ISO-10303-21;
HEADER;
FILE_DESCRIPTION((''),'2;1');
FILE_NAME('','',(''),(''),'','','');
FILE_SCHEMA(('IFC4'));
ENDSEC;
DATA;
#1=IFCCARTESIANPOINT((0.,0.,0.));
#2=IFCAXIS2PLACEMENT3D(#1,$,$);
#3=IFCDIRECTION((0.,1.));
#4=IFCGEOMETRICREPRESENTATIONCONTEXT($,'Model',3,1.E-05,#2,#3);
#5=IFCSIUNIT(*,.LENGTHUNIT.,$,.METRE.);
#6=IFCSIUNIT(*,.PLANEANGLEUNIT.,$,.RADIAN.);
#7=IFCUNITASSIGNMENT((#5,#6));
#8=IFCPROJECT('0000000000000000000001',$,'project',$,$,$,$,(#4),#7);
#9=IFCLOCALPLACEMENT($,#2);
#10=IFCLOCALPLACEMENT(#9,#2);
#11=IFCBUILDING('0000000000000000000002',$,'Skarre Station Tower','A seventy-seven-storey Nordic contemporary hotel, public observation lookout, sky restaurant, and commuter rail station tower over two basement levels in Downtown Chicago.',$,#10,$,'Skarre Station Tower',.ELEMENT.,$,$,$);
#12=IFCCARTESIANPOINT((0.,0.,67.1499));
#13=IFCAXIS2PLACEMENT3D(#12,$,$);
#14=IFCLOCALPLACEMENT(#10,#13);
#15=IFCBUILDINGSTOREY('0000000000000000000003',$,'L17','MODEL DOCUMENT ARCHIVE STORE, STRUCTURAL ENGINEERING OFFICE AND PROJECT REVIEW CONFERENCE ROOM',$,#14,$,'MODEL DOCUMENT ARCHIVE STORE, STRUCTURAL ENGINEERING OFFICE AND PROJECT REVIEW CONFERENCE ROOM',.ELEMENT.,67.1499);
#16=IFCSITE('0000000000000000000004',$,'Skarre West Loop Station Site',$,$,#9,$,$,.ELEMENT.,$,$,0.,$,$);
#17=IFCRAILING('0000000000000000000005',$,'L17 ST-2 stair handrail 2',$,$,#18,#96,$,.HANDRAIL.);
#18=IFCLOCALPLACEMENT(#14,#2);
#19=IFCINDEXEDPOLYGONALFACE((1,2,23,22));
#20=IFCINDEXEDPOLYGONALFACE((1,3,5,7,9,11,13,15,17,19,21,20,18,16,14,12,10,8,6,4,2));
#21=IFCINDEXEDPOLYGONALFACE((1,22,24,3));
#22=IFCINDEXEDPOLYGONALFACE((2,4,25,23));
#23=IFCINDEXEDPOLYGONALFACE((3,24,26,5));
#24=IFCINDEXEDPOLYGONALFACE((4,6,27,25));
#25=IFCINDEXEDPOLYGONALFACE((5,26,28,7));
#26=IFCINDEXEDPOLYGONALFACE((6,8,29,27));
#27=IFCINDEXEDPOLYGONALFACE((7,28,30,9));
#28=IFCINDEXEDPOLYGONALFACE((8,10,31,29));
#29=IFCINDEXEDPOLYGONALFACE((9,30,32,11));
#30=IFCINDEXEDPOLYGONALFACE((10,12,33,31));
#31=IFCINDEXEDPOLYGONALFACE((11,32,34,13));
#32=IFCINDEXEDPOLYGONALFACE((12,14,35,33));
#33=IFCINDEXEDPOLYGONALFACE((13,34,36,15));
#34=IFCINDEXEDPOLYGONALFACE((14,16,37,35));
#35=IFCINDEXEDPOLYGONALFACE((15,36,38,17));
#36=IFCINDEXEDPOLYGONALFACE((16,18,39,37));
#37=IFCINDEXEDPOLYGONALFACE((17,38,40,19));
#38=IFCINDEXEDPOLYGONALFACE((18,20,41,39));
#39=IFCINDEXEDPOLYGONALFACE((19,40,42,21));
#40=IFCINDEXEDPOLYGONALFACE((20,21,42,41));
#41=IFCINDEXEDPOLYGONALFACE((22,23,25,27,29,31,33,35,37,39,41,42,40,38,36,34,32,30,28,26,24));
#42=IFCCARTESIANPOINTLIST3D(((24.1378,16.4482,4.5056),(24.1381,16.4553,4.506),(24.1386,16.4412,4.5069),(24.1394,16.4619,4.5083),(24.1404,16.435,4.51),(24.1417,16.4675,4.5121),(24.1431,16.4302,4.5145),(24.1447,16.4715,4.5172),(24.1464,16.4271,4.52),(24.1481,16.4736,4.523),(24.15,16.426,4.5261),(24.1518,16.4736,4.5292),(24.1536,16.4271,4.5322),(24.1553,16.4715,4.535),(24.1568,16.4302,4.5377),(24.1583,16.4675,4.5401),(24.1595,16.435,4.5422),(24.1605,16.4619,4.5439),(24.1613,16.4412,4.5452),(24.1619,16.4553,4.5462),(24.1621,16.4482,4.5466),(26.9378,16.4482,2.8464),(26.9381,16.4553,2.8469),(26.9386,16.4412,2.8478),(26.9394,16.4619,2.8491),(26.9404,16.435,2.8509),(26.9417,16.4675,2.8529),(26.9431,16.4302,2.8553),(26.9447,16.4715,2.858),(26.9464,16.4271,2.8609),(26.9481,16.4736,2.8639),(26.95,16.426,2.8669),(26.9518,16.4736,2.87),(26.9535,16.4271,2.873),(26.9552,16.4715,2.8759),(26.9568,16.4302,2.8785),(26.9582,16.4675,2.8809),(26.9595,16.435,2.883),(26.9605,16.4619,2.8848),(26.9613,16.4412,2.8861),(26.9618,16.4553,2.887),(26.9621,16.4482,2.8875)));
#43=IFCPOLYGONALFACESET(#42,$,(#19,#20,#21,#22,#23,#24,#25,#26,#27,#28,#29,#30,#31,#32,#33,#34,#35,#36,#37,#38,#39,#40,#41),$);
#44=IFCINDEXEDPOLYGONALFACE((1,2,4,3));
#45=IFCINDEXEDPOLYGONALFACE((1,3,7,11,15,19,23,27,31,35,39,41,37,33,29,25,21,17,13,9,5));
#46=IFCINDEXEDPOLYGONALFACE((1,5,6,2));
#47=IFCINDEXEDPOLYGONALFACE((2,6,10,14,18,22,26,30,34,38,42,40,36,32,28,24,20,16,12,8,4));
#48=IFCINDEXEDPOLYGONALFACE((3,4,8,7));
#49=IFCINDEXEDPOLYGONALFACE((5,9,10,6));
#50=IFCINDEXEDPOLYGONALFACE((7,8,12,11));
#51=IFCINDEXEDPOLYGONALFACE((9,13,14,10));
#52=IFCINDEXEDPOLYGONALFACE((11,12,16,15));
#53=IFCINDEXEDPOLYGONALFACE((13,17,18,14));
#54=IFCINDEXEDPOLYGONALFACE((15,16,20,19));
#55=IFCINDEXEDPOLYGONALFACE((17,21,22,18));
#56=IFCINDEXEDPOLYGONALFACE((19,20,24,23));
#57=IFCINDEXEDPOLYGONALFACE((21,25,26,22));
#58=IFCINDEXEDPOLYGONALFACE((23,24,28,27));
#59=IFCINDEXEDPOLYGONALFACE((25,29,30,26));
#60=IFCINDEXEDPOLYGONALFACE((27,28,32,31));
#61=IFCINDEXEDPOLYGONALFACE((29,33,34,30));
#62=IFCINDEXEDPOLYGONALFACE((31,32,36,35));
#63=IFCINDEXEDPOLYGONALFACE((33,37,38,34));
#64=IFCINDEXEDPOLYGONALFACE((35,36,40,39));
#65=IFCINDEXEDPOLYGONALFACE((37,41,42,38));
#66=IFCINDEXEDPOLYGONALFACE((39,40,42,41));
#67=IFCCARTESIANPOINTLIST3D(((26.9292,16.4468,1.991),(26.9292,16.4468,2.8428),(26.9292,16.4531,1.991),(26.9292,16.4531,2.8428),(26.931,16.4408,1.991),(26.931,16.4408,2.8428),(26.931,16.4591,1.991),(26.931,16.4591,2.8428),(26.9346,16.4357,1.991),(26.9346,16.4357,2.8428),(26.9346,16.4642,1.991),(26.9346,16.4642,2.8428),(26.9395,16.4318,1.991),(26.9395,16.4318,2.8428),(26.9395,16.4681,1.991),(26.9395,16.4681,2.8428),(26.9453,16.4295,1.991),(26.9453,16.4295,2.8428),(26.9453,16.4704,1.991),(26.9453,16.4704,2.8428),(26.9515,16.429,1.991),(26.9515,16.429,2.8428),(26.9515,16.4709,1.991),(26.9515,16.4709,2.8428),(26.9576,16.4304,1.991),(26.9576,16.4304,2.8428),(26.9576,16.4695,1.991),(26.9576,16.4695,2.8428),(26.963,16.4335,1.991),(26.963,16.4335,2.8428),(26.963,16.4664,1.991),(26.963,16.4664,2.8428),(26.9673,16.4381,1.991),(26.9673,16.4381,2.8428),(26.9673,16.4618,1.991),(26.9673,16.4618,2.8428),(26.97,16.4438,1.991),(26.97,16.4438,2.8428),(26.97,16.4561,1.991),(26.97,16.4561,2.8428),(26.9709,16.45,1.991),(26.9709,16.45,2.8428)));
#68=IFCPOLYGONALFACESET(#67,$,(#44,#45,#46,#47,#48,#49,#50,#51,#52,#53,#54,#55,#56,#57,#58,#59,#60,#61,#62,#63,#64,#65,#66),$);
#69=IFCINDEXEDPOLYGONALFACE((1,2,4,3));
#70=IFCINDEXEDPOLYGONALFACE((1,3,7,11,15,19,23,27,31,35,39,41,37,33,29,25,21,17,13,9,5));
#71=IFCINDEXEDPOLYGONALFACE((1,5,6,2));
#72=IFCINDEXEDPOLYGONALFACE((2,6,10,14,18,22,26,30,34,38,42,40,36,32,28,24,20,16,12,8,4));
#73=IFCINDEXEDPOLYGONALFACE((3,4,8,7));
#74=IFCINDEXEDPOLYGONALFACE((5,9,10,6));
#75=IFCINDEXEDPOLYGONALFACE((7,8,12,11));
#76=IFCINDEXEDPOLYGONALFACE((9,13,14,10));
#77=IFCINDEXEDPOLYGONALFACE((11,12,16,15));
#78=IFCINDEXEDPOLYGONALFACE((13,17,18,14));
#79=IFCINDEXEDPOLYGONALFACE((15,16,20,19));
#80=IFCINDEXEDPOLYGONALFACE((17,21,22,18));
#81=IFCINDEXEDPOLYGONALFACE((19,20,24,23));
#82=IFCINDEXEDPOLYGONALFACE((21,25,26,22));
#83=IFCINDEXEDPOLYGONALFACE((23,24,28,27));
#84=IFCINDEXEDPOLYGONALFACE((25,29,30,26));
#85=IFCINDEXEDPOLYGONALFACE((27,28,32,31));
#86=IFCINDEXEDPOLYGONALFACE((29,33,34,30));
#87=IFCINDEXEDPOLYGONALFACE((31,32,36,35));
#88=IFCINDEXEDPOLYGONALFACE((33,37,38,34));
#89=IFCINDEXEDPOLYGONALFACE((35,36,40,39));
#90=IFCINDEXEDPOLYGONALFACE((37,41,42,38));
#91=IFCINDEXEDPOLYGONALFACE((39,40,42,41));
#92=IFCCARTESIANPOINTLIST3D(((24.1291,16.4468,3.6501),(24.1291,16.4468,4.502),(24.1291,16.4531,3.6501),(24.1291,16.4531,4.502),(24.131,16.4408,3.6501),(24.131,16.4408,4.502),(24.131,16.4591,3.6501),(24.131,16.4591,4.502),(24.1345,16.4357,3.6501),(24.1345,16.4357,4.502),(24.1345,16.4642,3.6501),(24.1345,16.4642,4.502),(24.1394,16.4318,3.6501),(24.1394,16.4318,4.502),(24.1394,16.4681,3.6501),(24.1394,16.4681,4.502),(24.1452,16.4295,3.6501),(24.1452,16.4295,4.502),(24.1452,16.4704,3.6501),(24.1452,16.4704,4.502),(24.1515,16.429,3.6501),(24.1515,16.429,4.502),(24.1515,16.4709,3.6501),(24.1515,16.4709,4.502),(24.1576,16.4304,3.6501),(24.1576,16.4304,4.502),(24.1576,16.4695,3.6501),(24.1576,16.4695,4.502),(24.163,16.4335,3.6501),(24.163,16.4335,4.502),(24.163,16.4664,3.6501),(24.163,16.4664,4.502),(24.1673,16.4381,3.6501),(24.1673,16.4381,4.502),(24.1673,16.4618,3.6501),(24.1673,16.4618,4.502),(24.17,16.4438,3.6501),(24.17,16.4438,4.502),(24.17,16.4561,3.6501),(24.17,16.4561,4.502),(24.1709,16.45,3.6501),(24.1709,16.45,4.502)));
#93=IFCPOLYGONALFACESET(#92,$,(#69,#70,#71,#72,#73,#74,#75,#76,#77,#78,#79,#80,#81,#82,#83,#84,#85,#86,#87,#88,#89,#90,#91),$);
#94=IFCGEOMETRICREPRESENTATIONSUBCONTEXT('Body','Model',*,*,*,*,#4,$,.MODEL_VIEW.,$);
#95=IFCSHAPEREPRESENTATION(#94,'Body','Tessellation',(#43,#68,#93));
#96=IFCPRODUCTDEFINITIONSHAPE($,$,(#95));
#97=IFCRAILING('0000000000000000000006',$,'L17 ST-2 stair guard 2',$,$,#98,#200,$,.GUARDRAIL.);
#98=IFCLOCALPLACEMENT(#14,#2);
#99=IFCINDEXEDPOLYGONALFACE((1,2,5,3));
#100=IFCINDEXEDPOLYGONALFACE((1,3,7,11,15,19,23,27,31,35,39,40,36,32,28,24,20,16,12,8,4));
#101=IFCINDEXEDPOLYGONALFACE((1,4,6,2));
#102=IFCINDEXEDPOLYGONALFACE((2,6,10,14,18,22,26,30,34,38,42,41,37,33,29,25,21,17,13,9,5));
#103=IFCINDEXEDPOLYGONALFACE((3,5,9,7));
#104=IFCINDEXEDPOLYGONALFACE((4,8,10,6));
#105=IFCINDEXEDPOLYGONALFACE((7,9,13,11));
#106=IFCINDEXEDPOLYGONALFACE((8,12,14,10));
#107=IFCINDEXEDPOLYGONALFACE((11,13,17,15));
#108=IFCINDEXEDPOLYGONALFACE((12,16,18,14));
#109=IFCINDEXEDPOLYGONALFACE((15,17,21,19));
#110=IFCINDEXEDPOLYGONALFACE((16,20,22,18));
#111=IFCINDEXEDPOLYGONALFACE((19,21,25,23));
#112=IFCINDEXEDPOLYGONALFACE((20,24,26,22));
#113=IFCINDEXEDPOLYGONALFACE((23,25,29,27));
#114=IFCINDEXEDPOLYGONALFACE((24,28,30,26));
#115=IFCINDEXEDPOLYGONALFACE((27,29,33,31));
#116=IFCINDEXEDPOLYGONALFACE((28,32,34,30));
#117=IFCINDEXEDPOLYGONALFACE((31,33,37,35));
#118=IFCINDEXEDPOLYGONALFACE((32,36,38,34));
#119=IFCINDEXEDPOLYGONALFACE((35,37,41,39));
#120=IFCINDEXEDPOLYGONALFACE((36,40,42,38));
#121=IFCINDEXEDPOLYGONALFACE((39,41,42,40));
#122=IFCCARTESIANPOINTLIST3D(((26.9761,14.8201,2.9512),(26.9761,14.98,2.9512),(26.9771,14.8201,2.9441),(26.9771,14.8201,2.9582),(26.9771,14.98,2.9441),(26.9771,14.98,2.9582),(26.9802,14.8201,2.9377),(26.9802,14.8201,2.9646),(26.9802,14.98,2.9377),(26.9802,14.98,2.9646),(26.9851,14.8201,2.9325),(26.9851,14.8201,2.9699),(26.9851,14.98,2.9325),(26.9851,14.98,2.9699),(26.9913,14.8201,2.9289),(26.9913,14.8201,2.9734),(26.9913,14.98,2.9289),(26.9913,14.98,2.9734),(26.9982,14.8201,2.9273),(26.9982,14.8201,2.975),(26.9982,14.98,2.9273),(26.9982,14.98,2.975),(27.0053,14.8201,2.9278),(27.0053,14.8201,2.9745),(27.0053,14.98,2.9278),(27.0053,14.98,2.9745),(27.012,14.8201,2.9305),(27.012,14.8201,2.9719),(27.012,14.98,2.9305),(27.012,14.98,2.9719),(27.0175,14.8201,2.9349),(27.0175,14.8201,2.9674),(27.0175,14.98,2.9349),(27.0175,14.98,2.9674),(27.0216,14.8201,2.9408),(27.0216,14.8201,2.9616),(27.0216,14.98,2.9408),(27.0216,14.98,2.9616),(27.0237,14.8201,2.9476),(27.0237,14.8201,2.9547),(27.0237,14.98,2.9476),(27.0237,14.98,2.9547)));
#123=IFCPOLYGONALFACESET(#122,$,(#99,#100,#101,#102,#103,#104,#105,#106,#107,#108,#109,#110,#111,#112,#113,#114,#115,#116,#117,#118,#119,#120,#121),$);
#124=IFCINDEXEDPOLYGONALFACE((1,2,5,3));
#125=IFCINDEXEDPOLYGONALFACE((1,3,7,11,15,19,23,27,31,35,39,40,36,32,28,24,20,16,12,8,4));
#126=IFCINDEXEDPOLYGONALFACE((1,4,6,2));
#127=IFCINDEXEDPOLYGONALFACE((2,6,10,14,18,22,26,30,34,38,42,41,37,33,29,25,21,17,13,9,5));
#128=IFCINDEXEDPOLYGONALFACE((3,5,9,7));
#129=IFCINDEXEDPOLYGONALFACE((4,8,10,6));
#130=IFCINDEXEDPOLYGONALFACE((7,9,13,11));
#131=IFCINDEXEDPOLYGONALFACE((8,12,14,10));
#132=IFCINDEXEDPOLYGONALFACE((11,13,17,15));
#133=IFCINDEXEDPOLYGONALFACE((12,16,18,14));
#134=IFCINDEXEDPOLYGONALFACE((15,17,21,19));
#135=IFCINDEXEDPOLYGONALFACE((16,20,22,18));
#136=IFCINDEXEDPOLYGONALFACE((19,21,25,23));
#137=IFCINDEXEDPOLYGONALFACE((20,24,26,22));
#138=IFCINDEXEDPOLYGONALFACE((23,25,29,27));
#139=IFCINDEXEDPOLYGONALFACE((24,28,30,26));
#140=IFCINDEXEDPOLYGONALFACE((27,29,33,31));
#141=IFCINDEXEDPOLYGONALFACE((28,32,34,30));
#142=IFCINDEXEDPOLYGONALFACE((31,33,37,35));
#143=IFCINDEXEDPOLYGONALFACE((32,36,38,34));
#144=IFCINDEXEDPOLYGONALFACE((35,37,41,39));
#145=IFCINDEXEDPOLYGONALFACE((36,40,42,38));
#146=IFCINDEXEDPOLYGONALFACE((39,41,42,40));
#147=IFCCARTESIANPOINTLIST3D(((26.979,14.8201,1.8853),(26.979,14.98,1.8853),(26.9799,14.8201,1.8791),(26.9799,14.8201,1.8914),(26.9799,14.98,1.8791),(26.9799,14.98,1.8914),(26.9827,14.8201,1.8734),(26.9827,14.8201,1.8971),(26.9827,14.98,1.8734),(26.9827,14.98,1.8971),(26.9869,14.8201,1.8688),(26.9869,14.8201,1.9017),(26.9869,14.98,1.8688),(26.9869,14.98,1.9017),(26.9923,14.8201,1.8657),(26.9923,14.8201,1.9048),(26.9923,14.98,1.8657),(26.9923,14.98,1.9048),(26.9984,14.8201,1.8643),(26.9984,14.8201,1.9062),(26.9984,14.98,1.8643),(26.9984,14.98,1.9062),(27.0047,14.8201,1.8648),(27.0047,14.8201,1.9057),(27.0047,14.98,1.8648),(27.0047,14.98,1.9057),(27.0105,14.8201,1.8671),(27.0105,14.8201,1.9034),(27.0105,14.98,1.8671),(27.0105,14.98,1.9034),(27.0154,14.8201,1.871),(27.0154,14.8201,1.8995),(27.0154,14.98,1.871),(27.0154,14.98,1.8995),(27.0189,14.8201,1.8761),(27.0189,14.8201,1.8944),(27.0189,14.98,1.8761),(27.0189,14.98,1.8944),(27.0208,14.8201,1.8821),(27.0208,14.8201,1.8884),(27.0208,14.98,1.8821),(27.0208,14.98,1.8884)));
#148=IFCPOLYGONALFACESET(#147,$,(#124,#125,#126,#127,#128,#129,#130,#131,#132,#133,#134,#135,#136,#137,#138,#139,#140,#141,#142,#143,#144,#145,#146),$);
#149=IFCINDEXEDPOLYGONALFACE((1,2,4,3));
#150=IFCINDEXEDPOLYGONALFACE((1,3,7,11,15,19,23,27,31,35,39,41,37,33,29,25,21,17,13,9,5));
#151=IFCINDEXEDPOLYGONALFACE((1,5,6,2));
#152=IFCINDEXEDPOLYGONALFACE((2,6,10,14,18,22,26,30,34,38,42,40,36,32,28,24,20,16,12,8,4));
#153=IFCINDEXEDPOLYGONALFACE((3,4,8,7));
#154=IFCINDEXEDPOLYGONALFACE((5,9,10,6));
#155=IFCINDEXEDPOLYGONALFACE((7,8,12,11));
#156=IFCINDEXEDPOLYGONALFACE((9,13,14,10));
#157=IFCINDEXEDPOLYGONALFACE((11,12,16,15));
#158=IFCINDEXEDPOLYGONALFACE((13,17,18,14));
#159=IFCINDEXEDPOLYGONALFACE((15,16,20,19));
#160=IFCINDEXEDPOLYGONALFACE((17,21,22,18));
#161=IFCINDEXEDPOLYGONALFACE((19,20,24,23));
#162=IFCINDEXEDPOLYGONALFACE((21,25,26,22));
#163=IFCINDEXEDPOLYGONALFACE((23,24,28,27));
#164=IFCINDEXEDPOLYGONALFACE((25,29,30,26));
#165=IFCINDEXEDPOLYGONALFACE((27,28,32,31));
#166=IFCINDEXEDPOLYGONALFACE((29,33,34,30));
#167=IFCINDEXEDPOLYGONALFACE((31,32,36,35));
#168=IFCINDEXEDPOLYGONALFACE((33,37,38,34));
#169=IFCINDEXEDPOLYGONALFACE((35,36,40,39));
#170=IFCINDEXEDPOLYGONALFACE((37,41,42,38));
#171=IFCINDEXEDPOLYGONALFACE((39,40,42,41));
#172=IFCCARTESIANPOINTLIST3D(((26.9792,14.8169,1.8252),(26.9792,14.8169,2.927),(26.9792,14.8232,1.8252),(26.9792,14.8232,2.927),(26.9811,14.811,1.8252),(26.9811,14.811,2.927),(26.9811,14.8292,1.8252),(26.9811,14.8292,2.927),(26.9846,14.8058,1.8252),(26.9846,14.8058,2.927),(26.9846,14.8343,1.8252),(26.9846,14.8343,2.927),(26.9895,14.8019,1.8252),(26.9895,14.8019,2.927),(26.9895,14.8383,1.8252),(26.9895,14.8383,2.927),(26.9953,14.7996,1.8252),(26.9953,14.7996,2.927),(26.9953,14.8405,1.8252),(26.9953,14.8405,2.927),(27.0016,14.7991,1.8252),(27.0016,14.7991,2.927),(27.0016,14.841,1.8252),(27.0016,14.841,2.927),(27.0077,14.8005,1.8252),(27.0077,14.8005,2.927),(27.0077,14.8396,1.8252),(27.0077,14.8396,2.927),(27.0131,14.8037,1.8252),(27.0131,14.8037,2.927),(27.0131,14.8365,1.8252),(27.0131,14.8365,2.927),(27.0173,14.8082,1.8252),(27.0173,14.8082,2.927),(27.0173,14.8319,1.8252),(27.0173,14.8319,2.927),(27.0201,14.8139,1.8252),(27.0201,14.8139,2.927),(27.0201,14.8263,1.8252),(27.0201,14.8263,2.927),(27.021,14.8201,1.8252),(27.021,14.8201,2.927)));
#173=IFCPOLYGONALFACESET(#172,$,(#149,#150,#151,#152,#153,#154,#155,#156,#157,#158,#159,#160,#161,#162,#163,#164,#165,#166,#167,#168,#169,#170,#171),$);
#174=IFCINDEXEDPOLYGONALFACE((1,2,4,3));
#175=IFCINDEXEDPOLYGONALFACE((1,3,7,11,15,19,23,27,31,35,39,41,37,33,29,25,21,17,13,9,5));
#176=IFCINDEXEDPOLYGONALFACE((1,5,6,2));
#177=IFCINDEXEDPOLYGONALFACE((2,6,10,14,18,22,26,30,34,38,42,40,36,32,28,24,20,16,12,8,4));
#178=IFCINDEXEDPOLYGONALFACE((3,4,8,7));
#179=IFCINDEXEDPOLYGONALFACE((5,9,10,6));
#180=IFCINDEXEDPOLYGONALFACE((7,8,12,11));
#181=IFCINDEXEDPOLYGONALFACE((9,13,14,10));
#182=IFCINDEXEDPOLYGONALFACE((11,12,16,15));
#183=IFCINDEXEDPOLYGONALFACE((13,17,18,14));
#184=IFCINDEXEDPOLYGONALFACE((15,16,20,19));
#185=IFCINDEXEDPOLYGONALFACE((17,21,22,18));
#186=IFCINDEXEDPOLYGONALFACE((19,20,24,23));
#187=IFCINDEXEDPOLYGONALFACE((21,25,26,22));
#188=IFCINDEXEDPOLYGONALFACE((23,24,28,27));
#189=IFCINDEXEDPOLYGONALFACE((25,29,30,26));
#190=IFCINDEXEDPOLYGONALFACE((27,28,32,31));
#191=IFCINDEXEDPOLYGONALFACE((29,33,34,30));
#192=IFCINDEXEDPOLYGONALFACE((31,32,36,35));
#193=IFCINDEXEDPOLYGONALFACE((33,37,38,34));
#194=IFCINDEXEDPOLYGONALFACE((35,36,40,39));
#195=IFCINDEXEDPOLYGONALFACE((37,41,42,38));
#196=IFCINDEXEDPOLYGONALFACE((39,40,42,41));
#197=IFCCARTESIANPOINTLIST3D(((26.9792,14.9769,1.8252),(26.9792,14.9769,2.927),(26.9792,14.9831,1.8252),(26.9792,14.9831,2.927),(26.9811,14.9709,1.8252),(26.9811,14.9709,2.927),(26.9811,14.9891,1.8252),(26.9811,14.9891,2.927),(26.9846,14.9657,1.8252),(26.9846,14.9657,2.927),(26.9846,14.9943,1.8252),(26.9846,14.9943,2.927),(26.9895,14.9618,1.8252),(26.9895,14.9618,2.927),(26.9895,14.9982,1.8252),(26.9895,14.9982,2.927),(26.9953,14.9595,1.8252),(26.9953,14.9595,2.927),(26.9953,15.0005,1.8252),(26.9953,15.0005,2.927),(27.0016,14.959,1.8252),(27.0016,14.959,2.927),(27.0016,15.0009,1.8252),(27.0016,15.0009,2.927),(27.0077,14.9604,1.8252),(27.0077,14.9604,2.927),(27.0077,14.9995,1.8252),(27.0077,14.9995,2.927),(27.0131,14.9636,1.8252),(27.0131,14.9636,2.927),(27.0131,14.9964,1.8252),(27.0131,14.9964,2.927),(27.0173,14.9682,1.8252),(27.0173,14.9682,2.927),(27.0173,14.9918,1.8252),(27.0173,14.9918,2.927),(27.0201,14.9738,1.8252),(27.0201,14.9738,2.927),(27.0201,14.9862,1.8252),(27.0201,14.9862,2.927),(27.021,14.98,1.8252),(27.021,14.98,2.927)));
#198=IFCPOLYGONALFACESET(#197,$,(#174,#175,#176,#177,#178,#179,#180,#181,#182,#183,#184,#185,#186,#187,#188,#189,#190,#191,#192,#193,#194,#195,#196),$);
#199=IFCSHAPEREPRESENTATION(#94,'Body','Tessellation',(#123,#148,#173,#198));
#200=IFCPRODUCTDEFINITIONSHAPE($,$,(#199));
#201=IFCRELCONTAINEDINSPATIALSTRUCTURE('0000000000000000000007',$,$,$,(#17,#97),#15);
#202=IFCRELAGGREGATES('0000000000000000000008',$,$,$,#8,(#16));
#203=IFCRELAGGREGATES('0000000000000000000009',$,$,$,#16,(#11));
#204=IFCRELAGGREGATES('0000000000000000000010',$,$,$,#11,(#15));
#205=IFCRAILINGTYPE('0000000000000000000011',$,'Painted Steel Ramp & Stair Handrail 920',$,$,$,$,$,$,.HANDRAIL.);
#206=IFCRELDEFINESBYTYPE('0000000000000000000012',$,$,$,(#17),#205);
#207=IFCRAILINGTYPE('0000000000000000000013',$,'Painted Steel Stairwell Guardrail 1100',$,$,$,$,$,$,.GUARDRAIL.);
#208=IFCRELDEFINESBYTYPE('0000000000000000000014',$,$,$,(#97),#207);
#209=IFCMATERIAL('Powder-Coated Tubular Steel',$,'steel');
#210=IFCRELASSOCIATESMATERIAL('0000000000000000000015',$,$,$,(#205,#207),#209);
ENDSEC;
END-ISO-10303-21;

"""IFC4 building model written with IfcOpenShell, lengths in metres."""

from ifc_helpers import new_model, si_unit, direction, frame, origin, origin_2d, place, context, subcontext, project, spatial, circle, extrude, material, type_object, element, save


model = new_model("IFC4")

# Units and contexts
model_context = context("Model", 3, precision=1e-05, world=origin(), true_north=direction((0.0, 1.0)))
body_context = subcontext(model_context, "Body", "Model", "MODEL_VIEW")
ifc_project = project(units=[si_unit("LENGTHUNIT", "METRE"), si_unit("PLANEANGLEUNIT", "RADIAN")], contexts=[model_context])

# Site, building, storey
site_placement = place(None, origin())
site = spatial("IfcSite", under=ifc_project, at=site_placement, Name="Skarre West Loop Station Site", CompositionType="ELEMENT", RefElevation=0.0)
building_placement = place(site_placement, origin())
building = spatial("IfcBuilding", under=site, at=building_placement, Name="Skarre Station Tower", Description="A seventy-seven-storey Nordic contemporary hotel, public observation lookout, sky restaurant, and commuter rail station tower over two basement levels in Downtown Chicago.", LongName="Skarre Station Tower", CompositionType="ELEMENT")
storey_placement = place(building_placement, frame((0.0, 0.0, 67.1499)))
storey = spatial("IfcBuildingStorey", under=building, at=storey_placement, Name="L17", Description="MODEL DOCUMENT ARCHIVE STORE, STRUCTURAL ENGINEERING OFFICE AND PROJECT REVIEW CONFERENCE ROOM", LongName="MODEL DOCUMENT ARCHIVE STORE, STRUCTURAL ENGINEERING OFFICE AND PROJECT REVIEW CONFERENCE ROOM", CompositionType="ELEMENT", Elevation=67.1499)

# Railings
ifc_material_1 = material(Name="Powder-Coated Tubular Steel", Category="steel")
railing_type_1 = type_object("IfcRailingType", Name="Painted Steel Ramp & Stair Handrail 920", PredefinedType="HANDRAIL", material=ifc_material_1)
railing_1_placement = place(storey_placement, frame((26.95, 16.45, 1.991)))
element("IfcRailing", 1, at=railing_1_placement, inside=storey, type_object=railing_type_1, Name="L17 ST-2 stair handrail 2", PredefinedType="HANDRAIL", context=body_context, shape_type="SweptSolid", body=[
    extrude(circle(Radius=0.0239, at=origin_2d()), frame((0.0, 0.0, 0.876), z_axis=(-0.860306, 0.0, 0.509778), x_axis=(0.0, -1.0, 0.0)), (0.0, 0.0, 1.0), 3.2546),
    extrude(circle(Radius=0.021, at=origin_2d()), origin(), (0.0, 0.0, 1.0), 0.8518),
    extrude(circle(Radius=0.021, at=origin_2d()), frame((-2.8, 0.0, 1.6592)), (0.0, 0.0, 1.0), 0.8518),
])
railing_type_2 = type_object("IfcRailingType", Name="Painted Steel Stairwell Guardrail 1100", PredefinedType="GUARDRAIL", material=ifc_material_1)
railing_2_placement = place(storey_placement, frame((27.0, 14.8201, 1.8252)))
element("IfcRailing", 2, at=railing_2_placement, inside=storey, type_object=railing_type_2, Name="L17 ST-2 stair guard 2", PredefinedType="GUARDRAIL", context=body_context, shape_type="SweptSolid", body=[
    extrude(circle(Radius=0.0239, at=origin_2d()), frame((0.0, 0.0, 1.126), z_axis=(0.0, 1.0, 0.0), x_axis=(-1.0, 0.0, 0.0)), (0.0, 0.0, 1.0), 0.1599),
    extrude(circle(Radius=0.021, at=origin_2d()), frame((0.0, 0.0, 0.0601), z_axis=(0.0, 1.0, 0.0), x_axis=(-1.0, 0.0, 0.0)), (0.0, 0.0, 1.0), 0.1599),
    extrude(circle(Radius=0.021, at=origin_2d()), origin(), (0.0, 0.0, 1.0), 1.1018),
    extrude(circle(Radius=0.021, at=origin_2d()), frame((0.0, 0.1599, 0.0)), (0.0, 0.0, 1.0), 1.1018),
])

save(model, "model.ifc")
